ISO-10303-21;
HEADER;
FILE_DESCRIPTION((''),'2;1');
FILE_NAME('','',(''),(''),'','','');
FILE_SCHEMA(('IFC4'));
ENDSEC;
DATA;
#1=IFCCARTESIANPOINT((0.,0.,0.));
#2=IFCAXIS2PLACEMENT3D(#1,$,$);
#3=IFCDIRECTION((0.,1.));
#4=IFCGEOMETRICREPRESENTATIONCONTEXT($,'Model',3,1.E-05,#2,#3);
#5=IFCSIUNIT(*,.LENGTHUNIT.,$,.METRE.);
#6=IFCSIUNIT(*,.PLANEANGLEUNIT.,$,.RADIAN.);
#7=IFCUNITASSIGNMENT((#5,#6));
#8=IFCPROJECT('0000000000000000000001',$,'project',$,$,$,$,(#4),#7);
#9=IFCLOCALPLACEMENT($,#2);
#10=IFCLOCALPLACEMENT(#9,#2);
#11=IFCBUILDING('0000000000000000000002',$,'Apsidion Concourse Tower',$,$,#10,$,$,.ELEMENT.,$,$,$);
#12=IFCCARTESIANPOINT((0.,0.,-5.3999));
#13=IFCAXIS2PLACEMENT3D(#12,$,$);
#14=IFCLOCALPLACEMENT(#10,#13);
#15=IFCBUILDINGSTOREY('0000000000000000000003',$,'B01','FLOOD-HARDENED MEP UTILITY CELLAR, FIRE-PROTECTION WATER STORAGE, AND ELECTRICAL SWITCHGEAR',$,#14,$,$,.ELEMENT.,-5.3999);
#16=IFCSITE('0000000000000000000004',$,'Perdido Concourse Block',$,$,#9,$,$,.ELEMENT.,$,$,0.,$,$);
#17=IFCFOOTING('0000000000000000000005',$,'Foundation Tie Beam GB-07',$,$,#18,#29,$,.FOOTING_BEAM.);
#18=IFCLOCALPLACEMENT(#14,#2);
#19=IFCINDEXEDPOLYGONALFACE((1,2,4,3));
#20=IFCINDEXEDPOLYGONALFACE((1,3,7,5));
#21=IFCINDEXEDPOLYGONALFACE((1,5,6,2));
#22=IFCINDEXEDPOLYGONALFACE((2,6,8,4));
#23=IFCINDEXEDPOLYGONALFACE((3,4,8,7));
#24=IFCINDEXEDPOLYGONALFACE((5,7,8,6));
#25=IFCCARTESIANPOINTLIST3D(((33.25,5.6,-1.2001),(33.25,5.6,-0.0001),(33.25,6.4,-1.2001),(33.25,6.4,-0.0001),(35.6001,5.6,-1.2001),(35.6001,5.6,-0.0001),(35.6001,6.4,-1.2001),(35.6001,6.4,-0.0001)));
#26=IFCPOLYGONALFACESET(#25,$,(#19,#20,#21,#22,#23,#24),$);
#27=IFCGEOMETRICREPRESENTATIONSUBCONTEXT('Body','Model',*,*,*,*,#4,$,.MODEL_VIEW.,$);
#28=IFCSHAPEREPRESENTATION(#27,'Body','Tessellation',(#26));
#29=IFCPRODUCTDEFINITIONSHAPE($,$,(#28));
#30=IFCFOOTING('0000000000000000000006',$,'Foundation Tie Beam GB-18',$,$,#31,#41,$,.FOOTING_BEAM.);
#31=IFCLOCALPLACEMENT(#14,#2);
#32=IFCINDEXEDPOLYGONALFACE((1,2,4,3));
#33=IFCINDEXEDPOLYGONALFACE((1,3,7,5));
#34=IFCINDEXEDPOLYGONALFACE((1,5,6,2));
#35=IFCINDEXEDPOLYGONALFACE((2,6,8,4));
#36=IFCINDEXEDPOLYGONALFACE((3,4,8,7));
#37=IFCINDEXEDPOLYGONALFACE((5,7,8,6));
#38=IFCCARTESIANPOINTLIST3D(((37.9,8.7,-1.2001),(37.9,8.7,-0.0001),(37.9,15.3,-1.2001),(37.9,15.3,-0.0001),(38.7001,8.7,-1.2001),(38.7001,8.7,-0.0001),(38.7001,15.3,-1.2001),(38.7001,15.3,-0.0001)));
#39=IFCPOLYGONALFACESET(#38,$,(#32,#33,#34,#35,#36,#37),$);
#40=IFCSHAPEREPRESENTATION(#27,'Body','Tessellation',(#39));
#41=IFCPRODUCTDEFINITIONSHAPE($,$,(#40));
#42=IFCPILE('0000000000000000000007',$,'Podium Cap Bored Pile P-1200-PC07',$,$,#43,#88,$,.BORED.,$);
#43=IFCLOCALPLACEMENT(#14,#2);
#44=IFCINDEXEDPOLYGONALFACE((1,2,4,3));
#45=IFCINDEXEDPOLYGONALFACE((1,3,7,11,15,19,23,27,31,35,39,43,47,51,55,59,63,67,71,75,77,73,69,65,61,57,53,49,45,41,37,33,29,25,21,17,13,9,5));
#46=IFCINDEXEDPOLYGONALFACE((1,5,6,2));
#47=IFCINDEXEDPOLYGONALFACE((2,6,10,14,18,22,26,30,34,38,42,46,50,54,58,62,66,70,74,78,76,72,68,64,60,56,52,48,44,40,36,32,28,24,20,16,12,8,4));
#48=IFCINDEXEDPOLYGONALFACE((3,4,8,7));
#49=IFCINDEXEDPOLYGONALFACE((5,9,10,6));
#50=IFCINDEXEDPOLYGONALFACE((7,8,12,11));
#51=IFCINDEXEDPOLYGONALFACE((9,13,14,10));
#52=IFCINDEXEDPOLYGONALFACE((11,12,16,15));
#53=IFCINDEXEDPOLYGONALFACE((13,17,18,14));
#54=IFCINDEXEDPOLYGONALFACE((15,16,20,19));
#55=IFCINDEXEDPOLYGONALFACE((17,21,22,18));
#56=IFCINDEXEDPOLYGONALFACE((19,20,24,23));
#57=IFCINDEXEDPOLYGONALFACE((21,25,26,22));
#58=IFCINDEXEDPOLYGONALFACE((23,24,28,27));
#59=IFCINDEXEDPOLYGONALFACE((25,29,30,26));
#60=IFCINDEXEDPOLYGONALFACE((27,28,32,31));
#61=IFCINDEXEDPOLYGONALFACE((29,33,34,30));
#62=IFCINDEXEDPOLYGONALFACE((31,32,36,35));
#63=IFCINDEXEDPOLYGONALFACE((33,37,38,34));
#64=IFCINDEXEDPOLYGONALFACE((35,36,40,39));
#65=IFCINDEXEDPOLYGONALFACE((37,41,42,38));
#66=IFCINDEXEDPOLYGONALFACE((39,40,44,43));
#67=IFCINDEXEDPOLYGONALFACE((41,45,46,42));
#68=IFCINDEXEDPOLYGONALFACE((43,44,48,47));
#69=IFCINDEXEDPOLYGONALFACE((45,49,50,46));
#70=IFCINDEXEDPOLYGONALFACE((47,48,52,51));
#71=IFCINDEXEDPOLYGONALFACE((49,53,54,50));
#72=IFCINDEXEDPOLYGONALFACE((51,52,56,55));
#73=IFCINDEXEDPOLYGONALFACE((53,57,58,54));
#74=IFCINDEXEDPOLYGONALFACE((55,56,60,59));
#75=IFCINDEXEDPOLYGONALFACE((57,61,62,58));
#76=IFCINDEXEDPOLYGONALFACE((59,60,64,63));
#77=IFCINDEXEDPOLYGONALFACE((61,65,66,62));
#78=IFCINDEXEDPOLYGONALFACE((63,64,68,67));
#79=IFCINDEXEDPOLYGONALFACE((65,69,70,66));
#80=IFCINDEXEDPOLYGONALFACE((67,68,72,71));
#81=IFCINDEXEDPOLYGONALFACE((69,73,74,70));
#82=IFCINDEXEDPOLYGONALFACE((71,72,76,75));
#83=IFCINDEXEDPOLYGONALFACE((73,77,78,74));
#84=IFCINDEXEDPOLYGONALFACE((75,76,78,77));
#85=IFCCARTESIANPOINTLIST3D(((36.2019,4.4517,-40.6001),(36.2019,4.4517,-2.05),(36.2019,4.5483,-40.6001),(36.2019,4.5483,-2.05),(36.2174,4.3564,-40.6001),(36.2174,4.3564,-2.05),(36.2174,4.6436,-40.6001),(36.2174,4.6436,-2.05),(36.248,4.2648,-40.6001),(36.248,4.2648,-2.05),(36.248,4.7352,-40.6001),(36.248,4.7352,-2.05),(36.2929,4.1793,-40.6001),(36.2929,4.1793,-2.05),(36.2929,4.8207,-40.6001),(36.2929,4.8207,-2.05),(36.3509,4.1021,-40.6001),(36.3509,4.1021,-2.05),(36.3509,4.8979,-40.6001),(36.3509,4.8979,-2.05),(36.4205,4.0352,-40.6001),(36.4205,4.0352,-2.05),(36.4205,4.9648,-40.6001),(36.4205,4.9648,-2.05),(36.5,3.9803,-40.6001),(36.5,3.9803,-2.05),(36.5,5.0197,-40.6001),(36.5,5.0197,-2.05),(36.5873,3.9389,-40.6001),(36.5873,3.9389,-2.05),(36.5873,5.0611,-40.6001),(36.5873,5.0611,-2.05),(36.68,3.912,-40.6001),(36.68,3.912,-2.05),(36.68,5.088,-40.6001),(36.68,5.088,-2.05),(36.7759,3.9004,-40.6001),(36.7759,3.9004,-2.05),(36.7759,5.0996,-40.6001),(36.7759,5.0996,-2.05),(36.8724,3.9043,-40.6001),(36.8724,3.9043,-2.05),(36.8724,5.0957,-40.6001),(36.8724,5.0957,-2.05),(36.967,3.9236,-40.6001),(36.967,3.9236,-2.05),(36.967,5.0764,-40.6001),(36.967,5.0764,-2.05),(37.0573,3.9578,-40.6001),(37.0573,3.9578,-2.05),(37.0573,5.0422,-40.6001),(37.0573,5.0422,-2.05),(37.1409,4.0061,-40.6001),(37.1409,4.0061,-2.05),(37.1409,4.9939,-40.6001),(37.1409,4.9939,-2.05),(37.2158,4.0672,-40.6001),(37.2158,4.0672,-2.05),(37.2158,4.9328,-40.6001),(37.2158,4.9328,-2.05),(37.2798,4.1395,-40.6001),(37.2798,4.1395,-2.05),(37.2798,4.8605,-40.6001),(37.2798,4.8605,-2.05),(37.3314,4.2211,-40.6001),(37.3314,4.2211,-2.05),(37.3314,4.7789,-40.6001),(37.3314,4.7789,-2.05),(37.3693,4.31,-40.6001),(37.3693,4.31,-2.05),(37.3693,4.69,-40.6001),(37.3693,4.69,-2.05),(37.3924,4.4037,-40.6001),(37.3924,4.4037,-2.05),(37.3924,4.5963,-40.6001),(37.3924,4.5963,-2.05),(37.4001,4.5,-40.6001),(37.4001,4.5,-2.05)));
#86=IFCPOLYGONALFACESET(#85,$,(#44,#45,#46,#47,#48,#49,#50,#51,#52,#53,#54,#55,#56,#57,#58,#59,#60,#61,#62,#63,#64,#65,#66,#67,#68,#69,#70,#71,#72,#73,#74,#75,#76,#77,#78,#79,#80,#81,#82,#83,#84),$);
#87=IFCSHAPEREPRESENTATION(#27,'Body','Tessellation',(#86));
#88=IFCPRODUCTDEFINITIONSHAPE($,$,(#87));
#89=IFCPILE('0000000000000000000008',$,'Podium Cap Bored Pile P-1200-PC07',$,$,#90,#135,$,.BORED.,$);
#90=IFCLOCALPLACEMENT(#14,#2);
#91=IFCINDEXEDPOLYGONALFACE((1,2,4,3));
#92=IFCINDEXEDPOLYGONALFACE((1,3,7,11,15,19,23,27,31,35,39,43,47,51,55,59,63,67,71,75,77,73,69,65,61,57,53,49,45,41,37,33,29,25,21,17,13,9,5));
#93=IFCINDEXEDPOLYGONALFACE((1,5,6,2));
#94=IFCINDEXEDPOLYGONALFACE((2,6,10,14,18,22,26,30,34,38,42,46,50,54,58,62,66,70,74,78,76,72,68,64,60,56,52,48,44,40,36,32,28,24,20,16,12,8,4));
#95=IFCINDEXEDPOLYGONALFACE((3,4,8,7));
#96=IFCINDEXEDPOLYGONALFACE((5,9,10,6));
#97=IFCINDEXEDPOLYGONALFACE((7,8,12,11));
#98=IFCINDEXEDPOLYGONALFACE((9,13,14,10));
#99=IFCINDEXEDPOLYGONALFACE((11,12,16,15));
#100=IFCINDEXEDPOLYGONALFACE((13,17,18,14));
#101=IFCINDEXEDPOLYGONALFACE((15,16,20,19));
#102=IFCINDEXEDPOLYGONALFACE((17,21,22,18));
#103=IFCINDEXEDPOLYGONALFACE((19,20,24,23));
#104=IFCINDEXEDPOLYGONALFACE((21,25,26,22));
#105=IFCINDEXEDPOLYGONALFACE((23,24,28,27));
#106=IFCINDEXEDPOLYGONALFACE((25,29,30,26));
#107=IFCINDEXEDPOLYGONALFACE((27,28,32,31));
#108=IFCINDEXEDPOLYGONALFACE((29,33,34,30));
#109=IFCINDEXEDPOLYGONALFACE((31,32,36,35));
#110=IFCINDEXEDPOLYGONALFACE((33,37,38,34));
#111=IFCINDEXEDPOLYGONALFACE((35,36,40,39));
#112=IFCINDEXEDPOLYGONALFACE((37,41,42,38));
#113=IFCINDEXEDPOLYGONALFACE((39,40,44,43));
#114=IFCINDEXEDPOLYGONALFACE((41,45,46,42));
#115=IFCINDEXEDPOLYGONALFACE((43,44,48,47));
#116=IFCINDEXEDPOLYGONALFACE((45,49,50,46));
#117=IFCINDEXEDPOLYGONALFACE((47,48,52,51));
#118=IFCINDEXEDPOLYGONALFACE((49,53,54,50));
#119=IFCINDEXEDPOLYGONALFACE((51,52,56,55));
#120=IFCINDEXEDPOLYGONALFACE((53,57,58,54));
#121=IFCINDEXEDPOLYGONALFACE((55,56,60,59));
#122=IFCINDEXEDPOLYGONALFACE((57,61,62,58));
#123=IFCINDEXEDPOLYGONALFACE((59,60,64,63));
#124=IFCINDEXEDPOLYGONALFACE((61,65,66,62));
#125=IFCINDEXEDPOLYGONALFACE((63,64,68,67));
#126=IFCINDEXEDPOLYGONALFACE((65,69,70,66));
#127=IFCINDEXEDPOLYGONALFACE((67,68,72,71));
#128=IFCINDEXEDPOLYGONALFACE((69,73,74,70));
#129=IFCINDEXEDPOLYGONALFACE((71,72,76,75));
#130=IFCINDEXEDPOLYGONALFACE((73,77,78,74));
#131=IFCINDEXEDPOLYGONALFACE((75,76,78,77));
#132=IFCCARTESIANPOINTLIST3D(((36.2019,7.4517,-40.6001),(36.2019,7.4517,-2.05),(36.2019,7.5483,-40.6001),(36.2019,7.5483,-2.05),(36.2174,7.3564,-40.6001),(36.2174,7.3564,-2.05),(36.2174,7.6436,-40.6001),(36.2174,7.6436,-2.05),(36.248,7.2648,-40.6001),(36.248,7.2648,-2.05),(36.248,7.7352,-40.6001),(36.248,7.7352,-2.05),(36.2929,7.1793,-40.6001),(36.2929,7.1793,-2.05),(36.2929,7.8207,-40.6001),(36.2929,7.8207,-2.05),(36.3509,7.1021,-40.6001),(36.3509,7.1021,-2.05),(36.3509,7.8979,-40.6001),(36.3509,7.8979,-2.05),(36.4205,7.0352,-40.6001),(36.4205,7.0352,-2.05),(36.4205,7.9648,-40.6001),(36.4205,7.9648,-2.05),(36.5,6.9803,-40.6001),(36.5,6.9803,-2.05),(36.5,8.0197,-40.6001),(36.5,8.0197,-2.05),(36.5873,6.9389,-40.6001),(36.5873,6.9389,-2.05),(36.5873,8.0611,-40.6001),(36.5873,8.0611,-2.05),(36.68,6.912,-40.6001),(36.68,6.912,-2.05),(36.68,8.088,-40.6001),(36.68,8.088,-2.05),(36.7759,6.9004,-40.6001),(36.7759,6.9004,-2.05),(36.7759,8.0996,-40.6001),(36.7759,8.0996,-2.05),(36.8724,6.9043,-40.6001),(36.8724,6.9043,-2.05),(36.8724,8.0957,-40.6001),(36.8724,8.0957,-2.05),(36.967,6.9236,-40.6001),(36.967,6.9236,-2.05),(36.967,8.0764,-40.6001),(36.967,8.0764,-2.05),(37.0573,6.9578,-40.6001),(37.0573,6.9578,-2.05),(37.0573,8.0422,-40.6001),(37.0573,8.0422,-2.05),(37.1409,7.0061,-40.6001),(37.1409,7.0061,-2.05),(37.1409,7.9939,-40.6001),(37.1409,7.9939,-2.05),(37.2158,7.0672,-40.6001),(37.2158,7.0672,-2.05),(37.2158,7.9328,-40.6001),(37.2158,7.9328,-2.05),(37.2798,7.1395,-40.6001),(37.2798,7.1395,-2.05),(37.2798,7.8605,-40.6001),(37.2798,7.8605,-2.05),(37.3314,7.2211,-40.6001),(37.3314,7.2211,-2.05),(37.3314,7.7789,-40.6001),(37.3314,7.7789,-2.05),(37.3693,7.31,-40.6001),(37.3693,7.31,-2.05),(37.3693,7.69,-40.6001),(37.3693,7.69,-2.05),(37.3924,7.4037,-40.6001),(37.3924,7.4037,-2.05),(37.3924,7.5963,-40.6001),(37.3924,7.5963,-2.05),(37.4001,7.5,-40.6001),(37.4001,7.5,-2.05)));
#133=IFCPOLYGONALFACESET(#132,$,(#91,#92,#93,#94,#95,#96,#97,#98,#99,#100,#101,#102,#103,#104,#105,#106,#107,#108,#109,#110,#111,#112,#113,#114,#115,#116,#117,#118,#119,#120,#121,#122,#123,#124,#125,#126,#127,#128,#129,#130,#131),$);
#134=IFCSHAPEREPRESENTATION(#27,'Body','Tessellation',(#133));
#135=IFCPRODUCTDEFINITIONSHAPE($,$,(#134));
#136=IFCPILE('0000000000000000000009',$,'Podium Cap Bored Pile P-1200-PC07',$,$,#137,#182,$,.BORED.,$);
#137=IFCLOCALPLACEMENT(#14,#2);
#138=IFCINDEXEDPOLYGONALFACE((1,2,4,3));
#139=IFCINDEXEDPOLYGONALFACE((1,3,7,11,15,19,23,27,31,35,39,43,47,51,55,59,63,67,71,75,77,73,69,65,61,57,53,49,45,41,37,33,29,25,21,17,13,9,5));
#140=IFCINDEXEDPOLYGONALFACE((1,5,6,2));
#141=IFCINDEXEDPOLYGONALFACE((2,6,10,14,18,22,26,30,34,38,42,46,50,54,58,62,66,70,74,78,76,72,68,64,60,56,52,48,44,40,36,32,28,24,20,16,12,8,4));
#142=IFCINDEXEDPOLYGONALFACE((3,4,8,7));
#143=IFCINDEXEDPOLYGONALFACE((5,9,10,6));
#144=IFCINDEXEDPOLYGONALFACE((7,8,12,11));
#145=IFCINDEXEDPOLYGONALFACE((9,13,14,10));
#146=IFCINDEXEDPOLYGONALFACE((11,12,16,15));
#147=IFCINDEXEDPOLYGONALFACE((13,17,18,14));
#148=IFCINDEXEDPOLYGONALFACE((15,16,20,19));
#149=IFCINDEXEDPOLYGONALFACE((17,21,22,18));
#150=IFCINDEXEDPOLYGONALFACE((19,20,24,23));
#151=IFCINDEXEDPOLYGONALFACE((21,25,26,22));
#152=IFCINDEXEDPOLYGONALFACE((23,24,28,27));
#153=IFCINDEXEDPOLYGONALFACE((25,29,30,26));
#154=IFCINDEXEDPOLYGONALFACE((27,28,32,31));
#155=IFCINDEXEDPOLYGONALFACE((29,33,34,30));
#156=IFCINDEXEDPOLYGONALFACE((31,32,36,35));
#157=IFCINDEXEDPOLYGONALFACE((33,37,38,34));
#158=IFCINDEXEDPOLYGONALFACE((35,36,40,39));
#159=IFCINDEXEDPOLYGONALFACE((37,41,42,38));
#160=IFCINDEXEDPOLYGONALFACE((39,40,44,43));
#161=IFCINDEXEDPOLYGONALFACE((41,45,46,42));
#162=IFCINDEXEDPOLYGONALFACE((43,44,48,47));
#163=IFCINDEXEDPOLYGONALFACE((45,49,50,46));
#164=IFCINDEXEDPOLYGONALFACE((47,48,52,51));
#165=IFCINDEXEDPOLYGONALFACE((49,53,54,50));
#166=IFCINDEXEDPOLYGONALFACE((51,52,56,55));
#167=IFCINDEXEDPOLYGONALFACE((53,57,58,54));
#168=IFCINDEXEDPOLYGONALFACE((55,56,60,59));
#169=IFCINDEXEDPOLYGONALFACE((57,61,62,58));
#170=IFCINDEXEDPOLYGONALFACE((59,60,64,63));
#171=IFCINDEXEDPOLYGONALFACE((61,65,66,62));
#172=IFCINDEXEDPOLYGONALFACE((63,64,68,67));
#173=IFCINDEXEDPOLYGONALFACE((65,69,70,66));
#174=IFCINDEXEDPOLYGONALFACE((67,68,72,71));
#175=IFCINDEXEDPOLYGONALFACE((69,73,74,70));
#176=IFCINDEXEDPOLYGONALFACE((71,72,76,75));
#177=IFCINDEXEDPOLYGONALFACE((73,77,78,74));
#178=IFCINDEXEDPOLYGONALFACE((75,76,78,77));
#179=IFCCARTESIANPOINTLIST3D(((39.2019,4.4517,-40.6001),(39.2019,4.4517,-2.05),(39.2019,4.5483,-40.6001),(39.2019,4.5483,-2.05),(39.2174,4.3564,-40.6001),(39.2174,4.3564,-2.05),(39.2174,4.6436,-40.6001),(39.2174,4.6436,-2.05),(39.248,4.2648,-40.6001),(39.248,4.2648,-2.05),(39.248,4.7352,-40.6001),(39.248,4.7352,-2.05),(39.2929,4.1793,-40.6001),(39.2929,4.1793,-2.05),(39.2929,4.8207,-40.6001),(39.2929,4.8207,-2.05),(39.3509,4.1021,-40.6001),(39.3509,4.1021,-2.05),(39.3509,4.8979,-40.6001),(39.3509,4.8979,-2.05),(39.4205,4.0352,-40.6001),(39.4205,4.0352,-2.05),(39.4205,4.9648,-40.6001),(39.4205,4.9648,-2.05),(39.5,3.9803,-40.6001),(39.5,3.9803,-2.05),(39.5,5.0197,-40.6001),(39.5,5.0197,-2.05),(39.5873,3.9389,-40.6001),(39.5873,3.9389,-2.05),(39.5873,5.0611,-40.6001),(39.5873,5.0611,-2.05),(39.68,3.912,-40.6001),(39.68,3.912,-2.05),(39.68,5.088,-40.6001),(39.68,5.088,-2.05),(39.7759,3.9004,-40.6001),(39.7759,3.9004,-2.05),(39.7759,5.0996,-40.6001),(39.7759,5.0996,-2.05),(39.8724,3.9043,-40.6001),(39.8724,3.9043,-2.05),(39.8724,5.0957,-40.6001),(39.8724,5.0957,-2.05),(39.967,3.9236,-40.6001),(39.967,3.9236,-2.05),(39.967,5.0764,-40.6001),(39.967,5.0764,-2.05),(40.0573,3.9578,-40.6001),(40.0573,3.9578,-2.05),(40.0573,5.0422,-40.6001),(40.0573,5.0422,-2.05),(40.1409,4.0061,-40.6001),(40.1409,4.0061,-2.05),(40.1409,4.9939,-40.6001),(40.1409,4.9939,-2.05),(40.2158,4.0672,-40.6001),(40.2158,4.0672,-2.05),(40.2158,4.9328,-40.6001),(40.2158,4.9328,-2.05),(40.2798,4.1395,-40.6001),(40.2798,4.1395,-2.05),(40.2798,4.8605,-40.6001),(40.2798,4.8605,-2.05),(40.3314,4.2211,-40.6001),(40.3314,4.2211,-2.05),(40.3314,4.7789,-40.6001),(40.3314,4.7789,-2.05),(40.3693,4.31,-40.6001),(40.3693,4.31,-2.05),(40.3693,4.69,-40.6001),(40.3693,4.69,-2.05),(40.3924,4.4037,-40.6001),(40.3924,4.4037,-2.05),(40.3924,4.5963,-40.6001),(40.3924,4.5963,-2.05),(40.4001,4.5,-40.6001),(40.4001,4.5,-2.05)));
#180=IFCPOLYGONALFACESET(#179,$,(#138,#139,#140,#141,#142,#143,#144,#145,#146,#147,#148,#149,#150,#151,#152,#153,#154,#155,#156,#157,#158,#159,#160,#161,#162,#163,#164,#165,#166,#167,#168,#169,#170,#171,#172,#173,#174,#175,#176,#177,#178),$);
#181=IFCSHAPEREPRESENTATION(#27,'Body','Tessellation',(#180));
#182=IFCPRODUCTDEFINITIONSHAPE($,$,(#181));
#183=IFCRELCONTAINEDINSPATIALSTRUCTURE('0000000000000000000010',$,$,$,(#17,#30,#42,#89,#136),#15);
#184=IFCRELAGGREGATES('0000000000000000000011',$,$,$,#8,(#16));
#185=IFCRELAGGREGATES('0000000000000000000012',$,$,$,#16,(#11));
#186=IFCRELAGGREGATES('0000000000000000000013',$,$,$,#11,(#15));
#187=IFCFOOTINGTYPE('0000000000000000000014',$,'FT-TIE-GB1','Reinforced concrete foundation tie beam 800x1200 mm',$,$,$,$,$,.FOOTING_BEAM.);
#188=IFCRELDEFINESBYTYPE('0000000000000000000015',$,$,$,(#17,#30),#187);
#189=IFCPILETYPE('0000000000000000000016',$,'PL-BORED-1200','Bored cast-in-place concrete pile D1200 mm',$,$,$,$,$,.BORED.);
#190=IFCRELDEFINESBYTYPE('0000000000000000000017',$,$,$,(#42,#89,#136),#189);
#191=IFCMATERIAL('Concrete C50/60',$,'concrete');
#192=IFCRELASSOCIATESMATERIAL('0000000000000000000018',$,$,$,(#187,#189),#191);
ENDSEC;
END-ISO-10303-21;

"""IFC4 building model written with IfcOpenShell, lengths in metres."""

from ifc_helpers import new_model, si_unit, direction, frame, origin, origin_2d, place, context, subcontext, project, spatial, rectangle, circle, extrude, material, material_profile, profile_set, type_object, element, save


model = new_model("IFC4")

# Units and contexts
model_context = context("Model", 3, precision=1e-05, world=origin(), true_north=direction((0.0, 1.0)))
body_context = subcontext(model_context, "Body", "Model", "MODEL_VIEW")
ifc_project = project(units=[si_unit("LENGTHUNIT", "METRE"), si_unit("PLANEANGLEUNIT", "RADIAN")], contexts=[model_context])

# Site, building, storey
site_placement = place(None, origin())
site = spatial("IfcSite", under=ifc_project, at=site_placement, Name="Perdido Concourse Block", CompositionType="ELEMENT", RefElevation=0.0)
building_placement = place(site_placement, origin())
building = spatial("IfcBuilding", under=site, at=building_placement, Name="Apsidion Concourse Tower", CompositionType="ELEMENT")
storey_placement = place(building_placement, frame((0.0, 0.0, -5.3999)))
storey = spatial("IfcBuildingStorey", under=building, at=storey_placement, Name="B01", Description="FLOOD-HARDENED MEP UTILITY CELLAR, FIRE-PROTECTION WATER STORAGE, AND ELECTRICAL SWITCHGEAR", CompositionType="ELEMENT", Elevation=-5.3999)

# Footings
ifc_material_1 = material(Name="Concrete C50/60", Category="concrete")
ifc_material_profile_1 = material_profile(ifc_material_1, rectangle(XDim=0.8, YDim=1.2, at=origin_2d()), Name="RC 800x1200")
ifc_profile_set_1 = profile_set([ifc_material_profile_1], Name="Concrete C50/60")
footing_type = type_object("IfcFootingType", Name="FT-TIE-GB1", Description="Reinforced concrete foundation tie beam 800x1200 mm", PredefinedType="FOOTING_BEAM", material=ifc_profile_set_1)
footing_1_placement = place(storey_placement, frame((33.25, 6.0, -0.6001), z_axis=(1.0, 0.0, 0.0), x_axis=(0.0, 1.0, 0.0)))
element("IfcFooting", 1, at=footing_1_placement, inside=storey, type_object=footing_type, Name="Foundation Tie Beam GB-07", PredefinedType="FOOTING_BEAM", context=body_context, shape_type="SweptSolid", body=[
    extrude(rectangle(XDim=0.8, YDim=1.2, at=origin_2d()), origin(), (0.0, 0.0, 1.0), 2.3501),
])
footing_2_placement = place(storey_placement, frame((38.3, 8.7, -0.6001), z_axis=(0.0, 1.0, 0.0), x_axis=(-1.0, 0.0, 0.0)))
element("IfcFooting", 2, at=footing_2_placement, inside=storey, type_object=footing_type, Name="Foundation Tie Beam GB-18", PredefinedType="FOOTING_BEAM", context=body_context, shape_type="SweptSolid", body=[
    extrude(rectangle(XDim=0.8, YDim=1.2, at=origin_2d()), origin(), (0.0, 0.0, 1.0), 6.6001),
])

# Piles
ifc_material_profile_2 = material_profile(ifc_material_1, circle(Radius=0.6001, at=origin_2d()), Name="BORED PILE D1200")
ifc_profile_set_2 = profile_set([ifc_material_profile_2], Name="Concrete C50/60")
pile_type_1 = type_object("IfcPileType", Name="PL-BORED-1200", Description="Bored cast-in-place concrete pile D1200 mm", PredefinedType="BORED", material=ifc_profile_set_2)
for number, where, z_axis, x_axis, name in (
    (3, (36.8, 4.5, -2.05), (0.0, 0.0, -1.0), (1.0, 0.0, 0.0), "Podium Cap Bored Pile P-1200-PC07"),
    (4, (36.8, 7.5, -2.05), (0.0, 0.0, -1.0), (1.0, 0.0, 0.0), "Podium Cap Bored Pile P-1200-PC07"),
    (5, (39.8, 4.5, -2.05), (0.0, 0.0, -1.0), (1.0, 0.0, 0.0), "Podium Cap Bored Pile P-1200-PC07"),
):
    element("IfcPile", number, at=place(storey_placement, frame(where, z_axis=z_axis, x_axis=x_axis)), inside=storey, type_object=pile_type_1, Name=name, PredefinedType="BORED", context=body_context, shape_type="SweptSolid", body=[
        extrude(circle(Radius=0.6001, at=origin_2d()), origin(), (0.0, 0.0, 1.0), 38.55),
    ])

save(model, "model.ifc")
